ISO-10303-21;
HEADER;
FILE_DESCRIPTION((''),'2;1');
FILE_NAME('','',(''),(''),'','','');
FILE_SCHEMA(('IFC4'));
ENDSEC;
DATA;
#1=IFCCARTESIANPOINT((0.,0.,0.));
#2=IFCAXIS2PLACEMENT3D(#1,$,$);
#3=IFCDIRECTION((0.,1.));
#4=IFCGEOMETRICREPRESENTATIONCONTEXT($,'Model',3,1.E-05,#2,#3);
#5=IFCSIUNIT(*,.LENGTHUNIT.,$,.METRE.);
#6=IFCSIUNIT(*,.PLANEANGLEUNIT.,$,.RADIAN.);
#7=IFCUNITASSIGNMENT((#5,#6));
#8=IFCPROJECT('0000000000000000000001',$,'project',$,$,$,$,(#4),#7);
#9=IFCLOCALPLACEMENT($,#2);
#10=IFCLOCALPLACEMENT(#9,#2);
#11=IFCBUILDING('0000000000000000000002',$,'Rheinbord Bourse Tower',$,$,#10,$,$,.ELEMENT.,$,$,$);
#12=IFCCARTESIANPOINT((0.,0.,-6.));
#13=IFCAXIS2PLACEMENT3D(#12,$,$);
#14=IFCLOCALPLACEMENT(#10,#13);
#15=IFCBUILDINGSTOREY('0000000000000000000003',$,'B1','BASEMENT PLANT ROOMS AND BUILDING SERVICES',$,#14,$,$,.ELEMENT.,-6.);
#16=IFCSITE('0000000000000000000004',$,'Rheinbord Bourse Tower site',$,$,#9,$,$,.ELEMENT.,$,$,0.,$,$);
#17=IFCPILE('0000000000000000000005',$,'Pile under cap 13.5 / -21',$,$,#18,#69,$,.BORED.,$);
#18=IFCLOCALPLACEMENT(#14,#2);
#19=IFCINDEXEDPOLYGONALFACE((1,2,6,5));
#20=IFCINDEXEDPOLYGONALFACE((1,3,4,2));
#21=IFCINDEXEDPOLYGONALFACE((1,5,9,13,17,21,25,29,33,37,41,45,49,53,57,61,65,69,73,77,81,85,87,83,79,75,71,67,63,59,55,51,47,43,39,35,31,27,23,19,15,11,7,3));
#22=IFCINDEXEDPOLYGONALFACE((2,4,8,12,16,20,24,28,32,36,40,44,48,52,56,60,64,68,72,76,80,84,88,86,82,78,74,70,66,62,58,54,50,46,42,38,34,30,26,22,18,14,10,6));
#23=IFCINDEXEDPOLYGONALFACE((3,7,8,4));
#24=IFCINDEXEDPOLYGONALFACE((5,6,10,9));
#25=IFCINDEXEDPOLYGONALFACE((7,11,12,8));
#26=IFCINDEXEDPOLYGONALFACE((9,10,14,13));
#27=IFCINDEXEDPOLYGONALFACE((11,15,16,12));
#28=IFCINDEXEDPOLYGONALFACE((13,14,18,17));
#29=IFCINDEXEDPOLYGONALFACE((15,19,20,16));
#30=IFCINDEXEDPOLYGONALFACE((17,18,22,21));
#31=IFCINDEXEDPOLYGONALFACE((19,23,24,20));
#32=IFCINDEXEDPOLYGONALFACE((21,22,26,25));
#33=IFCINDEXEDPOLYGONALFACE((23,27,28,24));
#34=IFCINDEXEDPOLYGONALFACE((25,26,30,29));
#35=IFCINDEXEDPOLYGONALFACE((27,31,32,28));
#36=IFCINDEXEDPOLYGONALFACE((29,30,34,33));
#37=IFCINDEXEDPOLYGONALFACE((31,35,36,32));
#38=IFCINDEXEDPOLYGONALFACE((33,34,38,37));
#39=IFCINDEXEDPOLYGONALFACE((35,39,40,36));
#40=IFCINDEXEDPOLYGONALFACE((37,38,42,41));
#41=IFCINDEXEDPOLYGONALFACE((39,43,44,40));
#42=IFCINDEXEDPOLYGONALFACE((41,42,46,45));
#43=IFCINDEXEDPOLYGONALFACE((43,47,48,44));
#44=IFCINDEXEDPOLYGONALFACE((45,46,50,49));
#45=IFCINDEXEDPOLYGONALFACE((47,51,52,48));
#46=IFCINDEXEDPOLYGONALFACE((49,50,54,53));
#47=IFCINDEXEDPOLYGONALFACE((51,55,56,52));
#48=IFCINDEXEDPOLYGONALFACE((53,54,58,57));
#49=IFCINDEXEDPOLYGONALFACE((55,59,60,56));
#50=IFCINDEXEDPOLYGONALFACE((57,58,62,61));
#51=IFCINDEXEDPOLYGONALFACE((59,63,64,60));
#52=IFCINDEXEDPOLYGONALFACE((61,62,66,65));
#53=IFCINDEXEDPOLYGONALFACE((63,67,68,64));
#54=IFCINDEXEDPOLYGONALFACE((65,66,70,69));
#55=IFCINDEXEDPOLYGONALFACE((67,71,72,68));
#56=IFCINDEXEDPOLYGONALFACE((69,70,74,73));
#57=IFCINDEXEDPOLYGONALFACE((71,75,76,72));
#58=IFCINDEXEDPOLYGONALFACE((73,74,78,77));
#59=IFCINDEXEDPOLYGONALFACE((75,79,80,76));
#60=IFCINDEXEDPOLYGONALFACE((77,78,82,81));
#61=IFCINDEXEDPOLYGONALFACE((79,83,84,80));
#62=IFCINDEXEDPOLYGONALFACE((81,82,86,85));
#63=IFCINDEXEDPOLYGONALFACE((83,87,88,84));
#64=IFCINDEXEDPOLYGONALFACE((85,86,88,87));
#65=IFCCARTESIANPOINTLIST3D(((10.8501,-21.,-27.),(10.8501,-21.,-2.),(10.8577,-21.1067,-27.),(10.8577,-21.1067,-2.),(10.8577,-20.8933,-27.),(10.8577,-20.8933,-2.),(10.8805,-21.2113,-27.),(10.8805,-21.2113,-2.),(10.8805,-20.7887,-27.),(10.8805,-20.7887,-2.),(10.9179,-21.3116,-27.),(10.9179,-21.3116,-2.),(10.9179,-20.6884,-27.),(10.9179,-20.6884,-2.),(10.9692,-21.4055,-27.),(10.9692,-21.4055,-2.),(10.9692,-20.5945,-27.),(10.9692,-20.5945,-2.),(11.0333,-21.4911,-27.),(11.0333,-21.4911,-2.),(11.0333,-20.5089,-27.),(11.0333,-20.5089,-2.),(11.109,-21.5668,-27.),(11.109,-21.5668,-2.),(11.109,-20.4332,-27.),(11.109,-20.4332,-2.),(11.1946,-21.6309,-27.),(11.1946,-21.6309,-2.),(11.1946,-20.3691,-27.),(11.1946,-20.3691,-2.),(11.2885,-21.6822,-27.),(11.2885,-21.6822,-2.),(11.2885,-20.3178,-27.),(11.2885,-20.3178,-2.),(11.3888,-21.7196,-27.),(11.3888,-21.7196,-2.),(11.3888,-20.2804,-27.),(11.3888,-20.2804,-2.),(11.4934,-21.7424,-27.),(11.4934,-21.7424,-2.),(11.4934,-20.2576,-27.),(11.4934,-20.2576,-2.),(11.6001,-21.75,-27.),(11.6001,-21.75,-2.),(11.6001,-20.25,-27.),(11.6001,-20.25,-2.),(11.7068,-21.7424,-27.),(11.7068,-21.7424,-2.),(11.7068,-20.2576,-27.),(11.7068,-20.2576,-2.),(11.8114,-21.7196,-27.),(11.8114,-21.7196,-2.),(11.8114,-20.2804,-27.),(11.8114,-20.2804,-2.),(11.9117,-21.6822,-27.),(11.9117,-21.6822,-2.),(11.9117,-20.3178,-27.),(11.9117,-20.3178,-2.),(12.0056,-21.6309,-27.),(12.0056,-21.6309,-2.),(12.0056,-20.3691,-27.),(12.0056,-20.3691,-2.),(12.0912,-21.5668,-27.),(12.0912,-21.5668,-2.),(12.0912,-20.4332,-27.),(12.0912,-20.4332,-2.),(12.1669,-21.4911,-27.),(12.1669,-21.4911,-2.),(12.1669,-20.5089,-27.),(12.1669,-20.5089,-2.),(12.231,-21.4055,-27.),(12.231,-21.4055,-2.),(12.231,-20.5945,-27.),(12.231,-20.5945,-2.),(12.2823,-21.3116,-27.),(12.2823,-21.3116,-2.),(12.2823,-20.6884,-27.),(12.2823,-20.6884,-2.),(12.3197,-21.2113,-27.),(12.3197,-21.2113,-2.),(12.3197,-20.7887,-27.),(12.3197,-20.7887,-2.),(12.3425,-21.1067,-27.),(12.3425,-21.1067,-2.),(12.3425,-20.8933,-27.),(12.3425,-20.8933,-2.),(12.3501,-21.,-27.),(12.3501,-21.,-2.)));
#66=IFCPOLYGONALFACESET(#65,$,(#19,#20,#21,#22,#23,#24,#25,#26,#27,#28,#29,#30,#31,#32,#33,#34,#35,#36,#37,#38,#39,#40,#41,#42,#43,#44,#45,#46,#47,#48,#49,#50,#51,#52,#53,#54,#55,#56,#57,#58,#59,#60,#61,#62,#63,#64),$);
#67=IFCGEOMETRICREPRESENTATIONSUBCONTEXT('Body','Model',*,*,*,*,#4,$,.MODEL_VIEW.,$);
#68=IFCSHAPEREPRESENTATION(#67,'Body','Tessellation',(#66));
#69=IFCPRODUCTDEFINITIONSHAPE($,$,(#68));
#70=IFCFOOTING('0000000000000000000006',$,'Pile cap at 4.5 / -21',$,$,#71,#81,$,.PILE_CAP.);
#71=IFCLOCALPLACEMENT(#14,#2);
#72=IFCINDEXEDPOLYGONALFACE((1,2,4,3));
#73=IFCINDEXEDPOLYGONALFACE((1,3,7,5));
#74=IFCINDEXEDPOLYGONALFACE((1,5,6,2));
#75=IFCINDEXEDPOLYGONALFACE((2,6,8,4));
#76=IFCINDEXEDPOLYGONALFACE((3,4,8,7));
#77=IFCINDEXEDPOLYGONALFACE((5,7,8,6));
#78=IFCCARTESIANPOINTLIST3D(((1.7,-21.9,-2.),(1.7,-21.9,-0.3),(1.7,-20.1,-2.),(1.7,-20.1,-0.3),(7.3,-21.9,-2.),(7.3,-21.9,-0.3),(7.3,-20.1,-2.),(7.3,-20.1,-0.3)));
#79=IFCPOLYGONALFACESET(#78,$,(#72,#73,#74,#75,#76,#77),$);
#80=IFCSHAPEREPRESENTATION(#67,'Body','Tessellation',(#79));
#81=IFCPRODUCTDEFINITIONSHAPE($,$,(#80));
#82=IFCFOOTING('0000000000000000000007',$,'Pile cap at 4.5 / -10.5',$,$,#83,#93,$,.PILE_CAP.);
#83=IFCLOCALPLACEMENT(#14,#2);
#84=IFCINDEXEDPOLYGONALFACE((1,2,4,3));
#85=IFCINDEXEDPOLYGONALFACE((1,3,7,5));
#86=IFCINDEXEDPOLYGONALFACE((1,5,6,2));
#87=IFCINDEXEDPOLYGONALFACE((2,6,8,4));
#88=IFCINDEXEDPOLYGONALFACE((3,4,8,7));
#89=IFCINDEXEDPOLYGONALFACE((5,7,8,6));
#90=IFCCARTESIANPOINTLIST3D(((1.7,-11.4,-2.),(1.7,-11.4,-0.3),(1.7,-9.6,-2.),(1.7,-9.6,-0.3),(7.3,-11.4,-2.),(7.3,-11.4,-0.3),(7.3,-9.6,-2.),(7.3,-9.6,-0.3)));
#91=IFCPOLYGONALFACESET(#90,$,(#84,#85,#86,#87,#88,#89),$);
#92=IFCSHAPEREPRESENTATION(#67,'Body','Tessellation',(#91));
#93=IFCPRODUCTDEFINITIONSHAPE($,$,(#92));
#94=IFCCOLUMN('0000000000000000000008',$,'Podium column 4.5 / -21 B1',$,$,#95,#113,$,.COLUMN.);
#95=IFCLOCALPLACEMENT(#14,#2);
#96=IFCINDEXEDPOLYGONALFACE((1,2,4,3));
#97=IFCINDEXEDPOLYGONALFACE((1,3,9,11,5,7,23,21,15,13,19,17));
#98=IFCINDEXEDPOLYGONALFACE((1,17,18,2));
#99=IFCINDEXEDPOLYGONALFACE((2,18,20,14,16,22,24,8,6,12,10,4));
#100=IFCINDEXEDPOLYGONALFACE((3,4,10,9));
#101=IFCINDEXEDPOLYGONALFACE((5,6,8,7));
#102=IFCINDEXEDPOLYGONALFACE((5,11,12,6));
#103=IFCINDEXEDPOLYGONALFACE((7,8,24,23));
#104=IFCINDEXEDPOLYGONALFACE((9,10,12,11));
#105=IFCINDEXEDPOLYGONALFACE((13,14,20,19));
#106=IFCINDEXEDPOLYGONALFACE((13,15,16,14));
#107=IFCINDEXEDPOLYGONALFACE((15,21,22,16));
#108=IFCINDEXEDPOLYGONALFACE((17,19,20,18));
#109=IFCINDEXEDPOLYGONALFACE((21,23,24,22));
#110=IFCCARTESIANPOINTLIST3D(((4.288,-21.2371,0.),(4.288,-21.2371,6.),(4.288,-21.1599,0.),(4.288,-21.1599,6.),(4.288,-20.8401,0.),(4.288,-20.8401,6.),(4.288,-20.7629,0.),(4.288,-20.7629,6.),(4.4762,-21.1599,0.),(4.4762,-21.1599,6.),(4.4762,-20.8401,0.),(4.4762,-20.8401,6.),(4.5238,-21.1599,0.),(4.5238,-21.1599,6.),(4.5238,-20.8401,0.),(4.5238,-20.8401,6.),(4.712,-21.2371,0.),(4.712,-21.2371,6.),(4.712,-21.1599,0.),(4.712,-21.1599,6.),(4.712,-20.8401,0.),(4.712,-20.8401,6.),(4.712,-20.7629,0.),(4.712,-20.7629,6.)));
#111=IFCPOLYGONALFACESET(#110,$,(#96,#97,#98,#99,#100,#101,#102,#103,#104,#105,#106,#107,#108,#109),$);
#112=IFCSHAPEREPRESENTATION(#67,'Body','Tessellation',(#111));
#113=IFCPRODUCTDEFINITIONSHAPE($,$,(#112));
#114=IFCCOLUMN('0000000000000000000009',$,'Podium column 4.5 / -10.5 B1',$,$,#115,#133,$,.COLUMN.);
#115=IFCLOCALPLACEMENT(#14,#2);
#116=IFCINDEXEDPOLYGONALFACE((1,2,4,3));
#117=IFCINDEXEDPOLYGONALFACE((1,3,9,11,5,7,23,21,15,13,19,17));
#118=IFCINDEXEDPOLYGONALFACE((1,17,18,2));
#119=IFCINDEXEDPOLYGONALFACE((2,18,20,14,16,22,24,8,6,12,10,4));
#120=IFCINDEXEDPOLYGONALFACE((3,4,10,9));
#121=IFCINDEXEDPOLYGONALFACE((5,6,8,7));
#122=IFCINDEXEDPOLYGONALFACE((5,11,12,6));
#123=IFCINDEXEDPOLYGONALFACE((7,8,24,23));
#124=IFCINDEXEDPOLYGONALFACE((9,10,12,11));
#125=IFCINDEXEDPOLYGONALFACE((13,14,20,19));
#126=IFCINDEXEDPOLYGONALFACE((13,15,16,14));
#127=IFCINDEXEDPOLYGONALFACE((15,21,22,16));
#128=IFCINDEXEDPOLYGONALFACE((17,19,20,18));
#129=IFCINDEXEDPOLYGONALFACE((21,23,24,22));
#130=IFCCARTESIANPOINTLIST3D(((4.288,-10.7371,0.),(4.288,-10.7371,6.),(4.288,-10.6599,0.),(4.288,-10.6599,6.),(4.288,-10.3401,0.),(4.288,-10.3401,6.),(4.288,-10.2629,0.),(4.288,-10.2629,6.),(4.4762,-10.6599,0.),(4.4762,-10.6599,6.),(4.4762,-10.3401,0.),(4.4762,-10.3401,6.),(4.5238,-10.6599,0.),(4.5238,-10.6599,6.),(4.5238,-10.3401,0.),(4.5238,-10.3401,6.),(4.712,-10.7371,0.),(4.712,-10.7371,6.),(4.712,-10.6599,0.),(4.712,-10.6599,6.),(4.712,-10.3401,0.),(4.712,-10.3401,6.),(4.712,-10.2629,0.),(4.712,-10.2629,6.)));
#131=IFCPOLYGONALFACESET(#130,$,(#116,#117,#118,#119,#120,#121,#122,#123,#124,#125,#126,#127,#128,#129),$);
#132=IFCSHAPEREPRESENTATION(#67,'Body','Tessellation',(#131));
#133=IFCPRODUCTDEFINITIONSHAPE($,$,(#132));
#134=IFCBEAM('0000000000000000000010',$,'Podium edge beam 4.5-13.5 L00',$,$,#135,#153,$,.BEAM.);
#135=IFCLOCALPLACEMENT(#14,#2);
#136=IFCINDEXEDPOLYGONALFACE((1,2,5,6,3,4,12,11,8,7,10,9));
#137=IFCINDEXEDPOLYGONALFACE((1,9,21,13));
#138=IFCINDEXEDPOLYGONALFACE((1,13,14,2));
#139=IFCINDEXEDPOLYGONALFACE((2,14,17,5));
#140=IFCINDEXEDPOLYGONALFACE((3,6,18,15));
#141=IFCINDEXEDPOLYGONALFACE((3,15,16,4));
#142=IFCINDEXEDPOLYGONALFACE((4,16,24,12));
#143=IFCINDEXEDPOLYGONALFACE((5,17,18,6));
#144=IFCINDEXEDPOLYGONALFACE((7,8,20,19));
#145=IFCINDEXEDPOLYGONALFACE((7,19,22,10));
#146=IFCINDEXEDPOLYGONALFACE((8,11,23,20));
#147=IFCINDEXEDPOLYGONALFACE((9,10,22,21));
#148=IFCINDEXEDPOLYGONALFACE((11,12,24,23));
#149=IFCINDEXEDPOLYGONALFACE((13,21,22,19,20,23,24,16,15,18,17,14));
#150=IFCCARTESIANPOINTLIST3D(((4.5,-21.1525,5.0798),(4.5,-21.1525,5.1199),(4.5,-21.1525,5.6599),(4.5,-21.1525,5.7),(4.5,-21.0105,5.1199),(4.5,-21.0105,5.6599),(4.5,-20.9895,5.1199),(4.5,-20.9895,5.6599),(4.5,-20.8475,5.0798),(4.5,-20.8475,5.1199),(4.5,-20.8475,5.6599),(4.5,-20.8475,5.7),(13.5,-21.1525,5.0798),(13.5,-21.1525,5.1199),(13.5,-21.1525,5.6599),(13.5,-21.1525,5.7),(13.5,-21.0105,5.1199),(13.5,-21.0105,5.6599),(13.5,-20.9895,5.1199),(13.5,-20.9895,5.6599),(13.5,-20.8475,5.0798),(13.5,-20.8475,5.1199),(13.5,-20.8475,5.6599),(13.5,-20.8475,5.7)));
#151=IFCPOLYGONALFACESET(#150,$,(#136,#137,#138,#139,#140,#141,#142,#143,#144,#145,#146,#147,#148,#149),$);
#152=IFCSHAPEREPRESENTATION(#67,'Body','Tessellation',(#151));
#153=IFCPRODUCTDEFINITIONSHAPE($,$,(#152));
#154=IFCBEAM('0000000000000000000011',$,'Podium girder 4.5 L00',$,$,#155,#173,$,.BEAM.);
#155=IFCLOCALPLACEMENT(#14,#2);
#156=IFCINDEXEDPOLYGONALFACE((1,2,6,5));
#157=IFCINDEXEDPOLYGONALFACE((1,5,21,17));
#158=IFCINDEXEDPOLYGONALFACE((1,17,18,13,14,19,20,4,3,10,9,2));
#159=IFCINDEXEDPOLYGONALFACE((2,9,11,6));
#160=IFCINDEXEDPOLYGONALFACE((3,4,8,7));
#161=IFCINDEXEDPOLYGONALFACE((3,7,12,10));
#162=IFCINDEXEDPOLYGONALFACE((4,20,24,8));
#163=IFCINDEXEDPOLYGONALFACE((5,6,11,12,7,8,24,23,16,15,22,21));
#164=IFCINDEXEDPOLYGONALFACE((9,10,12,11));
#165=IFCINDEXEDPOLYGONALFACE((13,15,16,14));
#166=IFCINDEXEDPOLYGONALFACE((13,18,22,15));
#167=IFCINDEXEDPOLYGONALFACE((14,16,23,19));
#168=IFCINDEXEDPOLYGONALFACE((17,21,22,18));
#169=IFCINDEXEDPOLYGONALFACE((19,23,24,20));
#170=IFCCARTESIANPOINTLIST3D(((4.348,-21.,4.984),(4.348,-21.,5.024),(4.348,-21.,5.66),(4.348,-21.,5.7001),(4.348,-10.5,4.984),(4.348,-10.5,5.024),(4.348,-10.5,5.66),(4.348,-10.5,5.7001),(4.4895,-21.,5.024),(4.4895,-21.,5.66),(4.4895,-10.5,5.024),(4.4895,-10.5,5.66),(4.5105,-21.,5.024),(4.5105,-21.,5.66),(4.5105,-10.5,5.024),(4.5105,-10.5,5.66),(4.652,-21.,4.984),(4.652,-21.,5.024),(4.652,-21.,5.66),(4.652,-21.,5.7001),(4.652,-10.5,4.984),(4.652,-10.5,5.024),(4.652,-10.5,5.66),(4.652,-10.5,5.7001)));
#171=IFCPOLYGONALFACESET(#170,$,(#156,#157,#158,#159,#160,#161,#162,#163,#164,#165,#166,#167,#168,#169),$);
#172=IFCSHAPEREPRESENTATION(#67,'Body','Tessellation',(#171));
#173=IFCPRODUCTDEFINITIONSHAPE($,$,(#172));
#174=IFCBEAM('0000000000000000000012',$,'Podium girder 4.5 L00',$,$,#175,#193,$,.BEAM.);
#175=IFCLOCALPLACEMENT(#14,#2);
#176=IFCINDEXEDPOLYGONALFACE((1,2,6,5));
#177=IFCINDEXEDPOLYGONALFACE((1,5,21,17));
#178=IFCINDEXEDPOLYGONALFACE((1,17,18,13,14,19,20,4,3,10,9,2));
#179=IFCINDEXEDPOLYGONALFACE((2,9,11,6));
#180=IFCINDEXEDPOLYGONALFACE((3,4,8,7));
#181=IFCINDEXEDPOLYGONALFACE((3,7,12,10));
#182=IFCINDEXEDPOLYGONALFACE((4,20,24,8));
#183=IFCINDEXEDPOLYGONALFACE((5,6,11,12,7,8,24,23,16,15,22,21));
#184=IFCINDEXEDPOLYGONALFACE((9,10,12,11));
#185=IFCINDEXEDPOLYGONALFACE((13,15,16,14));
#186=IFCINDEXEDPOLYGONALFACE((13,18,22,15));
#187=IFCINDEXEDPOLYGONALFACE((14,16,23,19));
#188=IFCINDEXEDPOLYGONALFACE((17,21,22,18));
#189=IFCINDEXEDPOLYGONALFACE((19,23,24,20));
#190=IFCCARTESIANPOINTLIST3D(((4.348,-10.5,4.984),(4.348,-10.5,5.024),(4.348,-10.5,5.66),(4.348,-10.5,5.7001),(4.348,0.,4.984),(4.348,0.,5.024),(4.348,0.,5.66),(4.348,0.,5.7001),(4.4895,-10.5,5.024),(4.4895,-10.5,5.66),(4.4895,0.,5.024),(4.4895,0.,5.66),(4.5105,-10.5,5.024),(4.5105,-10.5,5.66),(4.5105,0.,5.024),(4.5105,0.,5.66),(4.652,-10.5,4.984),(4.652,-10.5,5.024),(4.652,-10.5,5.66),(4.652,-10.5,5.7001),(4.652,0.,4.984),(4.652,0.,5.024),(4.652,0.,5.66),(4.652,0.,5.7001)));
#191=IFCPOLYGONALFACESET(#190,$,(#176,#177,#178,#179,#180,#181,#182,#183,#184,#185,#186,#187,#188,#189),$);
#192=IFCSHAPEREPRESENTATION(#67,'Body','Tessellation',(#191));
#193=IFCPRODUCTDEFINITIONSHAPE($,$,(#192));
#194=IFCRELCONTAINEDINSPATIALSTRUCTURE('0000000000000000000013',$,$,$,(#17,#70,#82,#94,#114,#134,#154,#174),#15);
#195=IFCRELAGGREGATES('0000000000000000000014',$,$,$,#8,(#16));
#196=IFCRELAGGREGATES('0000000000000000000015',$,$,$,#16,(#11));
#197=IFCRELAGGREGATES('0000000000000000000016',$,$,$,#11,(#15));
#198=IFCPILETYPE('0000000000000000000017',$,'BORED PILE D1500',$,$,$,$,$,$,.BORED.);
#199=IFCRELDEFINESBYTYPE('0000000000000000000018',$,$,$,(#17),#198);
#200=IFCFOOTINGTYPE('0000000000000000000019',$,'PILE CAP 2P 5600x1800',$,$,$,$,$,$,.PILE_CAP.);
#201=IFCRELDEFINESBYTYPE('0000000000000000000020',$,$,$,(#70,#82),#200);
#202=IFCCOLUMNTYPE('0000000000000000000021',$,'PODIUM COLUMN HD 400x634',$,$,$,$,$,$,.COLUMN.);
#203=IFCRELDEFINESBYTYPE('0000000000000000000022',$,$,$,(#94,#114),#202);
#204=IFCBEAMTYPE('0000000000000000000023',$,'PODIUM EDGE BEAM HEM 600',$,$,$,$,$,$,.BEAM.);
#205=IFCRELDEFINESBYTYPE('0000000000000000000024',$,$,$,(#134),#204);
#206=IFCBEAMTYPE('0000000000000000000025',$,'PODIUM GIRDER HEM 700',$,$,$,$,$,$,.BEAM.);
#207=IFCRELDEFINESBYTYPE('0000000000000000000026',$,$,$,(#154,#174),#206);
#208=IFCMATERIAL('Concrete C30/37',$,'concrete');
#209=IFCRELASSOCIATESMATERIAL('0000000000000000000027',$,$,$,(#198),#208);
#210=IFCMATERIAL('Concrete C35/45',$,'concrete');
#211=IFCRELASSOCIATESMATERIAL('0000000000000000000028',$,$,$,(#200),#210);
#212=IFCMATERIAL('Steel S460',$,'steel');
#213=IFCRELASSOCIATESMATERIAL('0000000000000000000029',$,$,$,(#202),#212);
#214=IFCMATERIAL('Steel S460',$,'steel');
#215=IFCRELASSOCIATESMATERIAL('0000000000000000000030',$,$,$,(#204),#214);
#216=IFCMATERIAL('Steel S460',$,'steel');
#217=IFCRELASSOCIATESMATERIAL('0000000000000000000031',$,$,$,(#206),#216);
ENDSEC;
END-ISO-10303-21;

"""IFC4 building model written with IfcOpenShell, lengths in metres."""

from ifc_helpers import new_model, si_unit, direction, frame, origin, origin_2d, place, context, subcontext, project, spatial, rectangle, circle, i_section, extrude, material, material_profile, profile_set, type_object, element, save


model = new_model("IFC4")

# Units and contexts
model_context = context("Model", 3, precision=1e-05, world=origin(), true_north=direction((0.0, 1.0)))
body_context = subcontext(model_context, "Body", "Model", "MODEL_VIEW")
ifc_project = project(units=[si_unit("LENGTHUNIT", "METRE"), si_unit("PLANEANGLEUNIT", "RADIAN")], contexts=[model_context])

# Site, building, storey
site_placement = place(None, origin())
site = spatial("IfcSite", under=ifc_project, at=site_placement, Name="Rheinbord Bourse Tower site", CompositionType="ELEMENT", RefElevation=0.0)
building_placement = place(site_placement, origin())
building = spatial("IfcBuilding", under=site, at=building_placement, Name="Rheinbord Bourse Tower", CompositionType="ELEMENT")
storey_placement = place(building_placement, frame((0.0, 0.0, -6.0)))
storey = spatial("IfcBuildingStorey", under=building, at=storey_placement, Name="B1", Description="BASEMENT PLANT ROOMS AND BUILDING SERVICES", CompositionType="ELEMENT", Elevation=-6.0)

# Pile
ifc_material_1 = material(Name="Concrete C30/37", Category="concrete")
ifc_material_profile_1 = material_profile(ifc_material_1, circle(Radius=0.75, at=origin_2d()), Name="D1500")
ifc_profile_set_1 = profile_set([ifc_material_profile_1], Name="Concrete C30/37")
pile_type = type_object("IfcPileType", Name="BORED PILE D1500", PredefinedType="BORED", material=ifc_profile_set_1)
for number, where, z_axis, x_axis, name in (
    (1, (11.6001, -21.0, -2.0), (0.0, 0.0, -1.0), (1.0, 0.0, 0.0), "Pile under cap 13.5 / -21"),
):
    element("IfcPile", number, at=place(storey_placement, frame(where, z_axis=z_axis, x_axis=x_axis)), inside=storey, type_object=pile_type, Name=name, PredefinedType="BORED", context=body_context, shape_type="SweptSolid", body=[
        extrude(circle(Radius=0.75, at=origin_2d()), origin(), (0.0, 0.0, 1.0), 25.0),
    ])

# Footings
ifc_material_2 = material(Name="Concrete C35/45", Category="concrete")
footing_type = type_object("IfcFootingType", Name="PILE CAP 2P 5600x1800", PredefinedType="PILE_CAP", material=ifc_material_2)
for number, where, z_axis, x_axis, name in (
    (2, (4.5, -21.0, -2.0), (0.0, 0.0, 1.0), (1.0, 0.0, 0.0), "Pile cap at 4.5 / -21"),
    (3, (4.5, -10.5, -2.0), (0.0, 0.0, 1.0), (1.0, 0.0, 0.0), "Pile cap at 4.5 / -10.5"),
):
    element("IfcFooting", number, at=place(storey_placement, frame(where, z_axis=z_axis, x_axis=x_axis)), inside=storey, type_object=footing_type, Name=name, PredefinedType="PILE_CAP", context=body_context, shape_type="SweptSolid", body=[
        extrude(rectangle(XDim=5.6001, YDim=1.8, at=origin_2d()), origin(), (0.0, 0.0, 1.0), 1.7),
    ])

# Columns
ifc_material_3 = material(Name="Steel S460", Category="steel")
ifc_material_profile_2 = material_profile(ifc_material_3, i_section(OverallWidth=0.4241, OverallDepth=0.4741, WebThickness=0.0476, FlangeThickness=0.0771, at=origin_2d()), Name="HD 400x634")
ifc_profile_set_2 = profile_set([ifc_material_profile_2], Name="Steel S460")
column_type = type_object("IfcColumnType", Name="PODIUM COLUMN HD 400x634", PredefinedType="COLUMN", material=ifc_profile_set_2)
for number, where, z_axis, x_axis, name in (
    (4, (4.5, -21.0, 0.0), (0.0, 0.0, 1.0), (1.0, 0.0, 0.0), "Podium column 4.5 / -21 B1"),
    (5, (4.5, -10.5, 0.0), (0.0, 0.0, 1.0), (1.0, 0.0, 0.0), "Podium column 4.5 / -10.5 B1"),
):
    element("IfcColumn", number, at=place(storey_placement, frame(where, z_axis=z_axis, x_axis=x_axis)), inside=storey, type_object=column_type, Name=name, PredefinedType="COLUMN", context=body_context, shape_type="SweptSolid", body=[
        extrude(i_section(OverallWidth=0.4241, OverallDepth=0.4741, WebThickness=0.0476, FlangeThickness=0.0771, at=origin_2d()), origin(), (0.0, 0.0, 1.0), 6.0),
    ])

# Beams
ifc_material_4 = material(Name="Steel S460", Category="steel")
ifc_material_profile_3 = material_profile(ifc_material_4, i_section(OverallWidth=0.3049, OverallDepth=0.6201, WebThickness=0.021, FlangeThickness=0.04, at=origin_2d()), Name="HEM 600")
ifc_profile_set_3 = profile_set([ifc_material_profile_3], Name="Steel S460")
beam_type_1 = type_object("IfcBeamType", Name="PODIUM EDGE BEAM HEM 600", PredefinedType="BEAM", material=ifc_profile_set_3)
beam_1_placement = place(storey_placement, frame((4.5, -21.0, 5.3899), z_axis=(1.0, 0.0, 0.0), x_axis=(0.0, 1.0, 0.0)))
element("IfcBeam", 6, at=beam_1_placement, inside=storey, type_object=beam_type_1, Name="Podium edge beam 4.5-13.5 L00", PredefinedType="BEAM", context=body_context, shape_type="SweptSolid", body=[
    extrude(i_section(OverallWidth=0.3049, OverallDepth=0.6201, WebThickness=0.021, FlangeThickness=0.04, at=origin_2d()), origin(), (0.0, 0.0, 1.0), 9.0),
])
ifc_material_5 = material(Name="Steel S460", Category="steel")
ifc_material_profile_4 = material_profile(ifc_material_5, i_section(OverallWidth=0.304, OverallDepth=0.7161, WebThickness=0.021, FlangeThickness=0.04, at=origin_2d()), Name="HEM 700")
ifc_profile_set_4 = profile_set([ifc_material_profile_4], Name="Steel S460")
beam_type_2 = type_object("IfcBeamType", Name="PODIUM GIRDER HEM 700", PredefinedType="BEAM", material=ifc_profile_set_4)
for number, where, z_axis, x_axis, name in (
    (7, (4.5, -21.0, 5.342), (0.0, 1.0, 0.0), (-1.0, 0.0, 0.0), "Podium girder 4.5 L00"),
    (8, (4.5, -10.5, 5.342), (0.0, 1.0, 0.0), (-1.0, 0.0, 0.0), "Podium girder 4.5 L00"),
):
    element("IfcBeam", number, at=place(storey_placement, frame(where, z_axis=z_axis, x_axis=x_axis)), inside=storey, type_object=beam_type_2, Name=name, PredefinedType="BEAM", context=body_context, shape_type="SweptSolid", body=[
        extrude(i_section(OverallWidth=0.304, OverallDepth=0.7161, WebThickness=0.021, FlangeThickness=0.04, at=origin_2d()), origin(), (0.0, 0.0, 1.0), 10.5),
    ])

save(model, "model.ifc")
